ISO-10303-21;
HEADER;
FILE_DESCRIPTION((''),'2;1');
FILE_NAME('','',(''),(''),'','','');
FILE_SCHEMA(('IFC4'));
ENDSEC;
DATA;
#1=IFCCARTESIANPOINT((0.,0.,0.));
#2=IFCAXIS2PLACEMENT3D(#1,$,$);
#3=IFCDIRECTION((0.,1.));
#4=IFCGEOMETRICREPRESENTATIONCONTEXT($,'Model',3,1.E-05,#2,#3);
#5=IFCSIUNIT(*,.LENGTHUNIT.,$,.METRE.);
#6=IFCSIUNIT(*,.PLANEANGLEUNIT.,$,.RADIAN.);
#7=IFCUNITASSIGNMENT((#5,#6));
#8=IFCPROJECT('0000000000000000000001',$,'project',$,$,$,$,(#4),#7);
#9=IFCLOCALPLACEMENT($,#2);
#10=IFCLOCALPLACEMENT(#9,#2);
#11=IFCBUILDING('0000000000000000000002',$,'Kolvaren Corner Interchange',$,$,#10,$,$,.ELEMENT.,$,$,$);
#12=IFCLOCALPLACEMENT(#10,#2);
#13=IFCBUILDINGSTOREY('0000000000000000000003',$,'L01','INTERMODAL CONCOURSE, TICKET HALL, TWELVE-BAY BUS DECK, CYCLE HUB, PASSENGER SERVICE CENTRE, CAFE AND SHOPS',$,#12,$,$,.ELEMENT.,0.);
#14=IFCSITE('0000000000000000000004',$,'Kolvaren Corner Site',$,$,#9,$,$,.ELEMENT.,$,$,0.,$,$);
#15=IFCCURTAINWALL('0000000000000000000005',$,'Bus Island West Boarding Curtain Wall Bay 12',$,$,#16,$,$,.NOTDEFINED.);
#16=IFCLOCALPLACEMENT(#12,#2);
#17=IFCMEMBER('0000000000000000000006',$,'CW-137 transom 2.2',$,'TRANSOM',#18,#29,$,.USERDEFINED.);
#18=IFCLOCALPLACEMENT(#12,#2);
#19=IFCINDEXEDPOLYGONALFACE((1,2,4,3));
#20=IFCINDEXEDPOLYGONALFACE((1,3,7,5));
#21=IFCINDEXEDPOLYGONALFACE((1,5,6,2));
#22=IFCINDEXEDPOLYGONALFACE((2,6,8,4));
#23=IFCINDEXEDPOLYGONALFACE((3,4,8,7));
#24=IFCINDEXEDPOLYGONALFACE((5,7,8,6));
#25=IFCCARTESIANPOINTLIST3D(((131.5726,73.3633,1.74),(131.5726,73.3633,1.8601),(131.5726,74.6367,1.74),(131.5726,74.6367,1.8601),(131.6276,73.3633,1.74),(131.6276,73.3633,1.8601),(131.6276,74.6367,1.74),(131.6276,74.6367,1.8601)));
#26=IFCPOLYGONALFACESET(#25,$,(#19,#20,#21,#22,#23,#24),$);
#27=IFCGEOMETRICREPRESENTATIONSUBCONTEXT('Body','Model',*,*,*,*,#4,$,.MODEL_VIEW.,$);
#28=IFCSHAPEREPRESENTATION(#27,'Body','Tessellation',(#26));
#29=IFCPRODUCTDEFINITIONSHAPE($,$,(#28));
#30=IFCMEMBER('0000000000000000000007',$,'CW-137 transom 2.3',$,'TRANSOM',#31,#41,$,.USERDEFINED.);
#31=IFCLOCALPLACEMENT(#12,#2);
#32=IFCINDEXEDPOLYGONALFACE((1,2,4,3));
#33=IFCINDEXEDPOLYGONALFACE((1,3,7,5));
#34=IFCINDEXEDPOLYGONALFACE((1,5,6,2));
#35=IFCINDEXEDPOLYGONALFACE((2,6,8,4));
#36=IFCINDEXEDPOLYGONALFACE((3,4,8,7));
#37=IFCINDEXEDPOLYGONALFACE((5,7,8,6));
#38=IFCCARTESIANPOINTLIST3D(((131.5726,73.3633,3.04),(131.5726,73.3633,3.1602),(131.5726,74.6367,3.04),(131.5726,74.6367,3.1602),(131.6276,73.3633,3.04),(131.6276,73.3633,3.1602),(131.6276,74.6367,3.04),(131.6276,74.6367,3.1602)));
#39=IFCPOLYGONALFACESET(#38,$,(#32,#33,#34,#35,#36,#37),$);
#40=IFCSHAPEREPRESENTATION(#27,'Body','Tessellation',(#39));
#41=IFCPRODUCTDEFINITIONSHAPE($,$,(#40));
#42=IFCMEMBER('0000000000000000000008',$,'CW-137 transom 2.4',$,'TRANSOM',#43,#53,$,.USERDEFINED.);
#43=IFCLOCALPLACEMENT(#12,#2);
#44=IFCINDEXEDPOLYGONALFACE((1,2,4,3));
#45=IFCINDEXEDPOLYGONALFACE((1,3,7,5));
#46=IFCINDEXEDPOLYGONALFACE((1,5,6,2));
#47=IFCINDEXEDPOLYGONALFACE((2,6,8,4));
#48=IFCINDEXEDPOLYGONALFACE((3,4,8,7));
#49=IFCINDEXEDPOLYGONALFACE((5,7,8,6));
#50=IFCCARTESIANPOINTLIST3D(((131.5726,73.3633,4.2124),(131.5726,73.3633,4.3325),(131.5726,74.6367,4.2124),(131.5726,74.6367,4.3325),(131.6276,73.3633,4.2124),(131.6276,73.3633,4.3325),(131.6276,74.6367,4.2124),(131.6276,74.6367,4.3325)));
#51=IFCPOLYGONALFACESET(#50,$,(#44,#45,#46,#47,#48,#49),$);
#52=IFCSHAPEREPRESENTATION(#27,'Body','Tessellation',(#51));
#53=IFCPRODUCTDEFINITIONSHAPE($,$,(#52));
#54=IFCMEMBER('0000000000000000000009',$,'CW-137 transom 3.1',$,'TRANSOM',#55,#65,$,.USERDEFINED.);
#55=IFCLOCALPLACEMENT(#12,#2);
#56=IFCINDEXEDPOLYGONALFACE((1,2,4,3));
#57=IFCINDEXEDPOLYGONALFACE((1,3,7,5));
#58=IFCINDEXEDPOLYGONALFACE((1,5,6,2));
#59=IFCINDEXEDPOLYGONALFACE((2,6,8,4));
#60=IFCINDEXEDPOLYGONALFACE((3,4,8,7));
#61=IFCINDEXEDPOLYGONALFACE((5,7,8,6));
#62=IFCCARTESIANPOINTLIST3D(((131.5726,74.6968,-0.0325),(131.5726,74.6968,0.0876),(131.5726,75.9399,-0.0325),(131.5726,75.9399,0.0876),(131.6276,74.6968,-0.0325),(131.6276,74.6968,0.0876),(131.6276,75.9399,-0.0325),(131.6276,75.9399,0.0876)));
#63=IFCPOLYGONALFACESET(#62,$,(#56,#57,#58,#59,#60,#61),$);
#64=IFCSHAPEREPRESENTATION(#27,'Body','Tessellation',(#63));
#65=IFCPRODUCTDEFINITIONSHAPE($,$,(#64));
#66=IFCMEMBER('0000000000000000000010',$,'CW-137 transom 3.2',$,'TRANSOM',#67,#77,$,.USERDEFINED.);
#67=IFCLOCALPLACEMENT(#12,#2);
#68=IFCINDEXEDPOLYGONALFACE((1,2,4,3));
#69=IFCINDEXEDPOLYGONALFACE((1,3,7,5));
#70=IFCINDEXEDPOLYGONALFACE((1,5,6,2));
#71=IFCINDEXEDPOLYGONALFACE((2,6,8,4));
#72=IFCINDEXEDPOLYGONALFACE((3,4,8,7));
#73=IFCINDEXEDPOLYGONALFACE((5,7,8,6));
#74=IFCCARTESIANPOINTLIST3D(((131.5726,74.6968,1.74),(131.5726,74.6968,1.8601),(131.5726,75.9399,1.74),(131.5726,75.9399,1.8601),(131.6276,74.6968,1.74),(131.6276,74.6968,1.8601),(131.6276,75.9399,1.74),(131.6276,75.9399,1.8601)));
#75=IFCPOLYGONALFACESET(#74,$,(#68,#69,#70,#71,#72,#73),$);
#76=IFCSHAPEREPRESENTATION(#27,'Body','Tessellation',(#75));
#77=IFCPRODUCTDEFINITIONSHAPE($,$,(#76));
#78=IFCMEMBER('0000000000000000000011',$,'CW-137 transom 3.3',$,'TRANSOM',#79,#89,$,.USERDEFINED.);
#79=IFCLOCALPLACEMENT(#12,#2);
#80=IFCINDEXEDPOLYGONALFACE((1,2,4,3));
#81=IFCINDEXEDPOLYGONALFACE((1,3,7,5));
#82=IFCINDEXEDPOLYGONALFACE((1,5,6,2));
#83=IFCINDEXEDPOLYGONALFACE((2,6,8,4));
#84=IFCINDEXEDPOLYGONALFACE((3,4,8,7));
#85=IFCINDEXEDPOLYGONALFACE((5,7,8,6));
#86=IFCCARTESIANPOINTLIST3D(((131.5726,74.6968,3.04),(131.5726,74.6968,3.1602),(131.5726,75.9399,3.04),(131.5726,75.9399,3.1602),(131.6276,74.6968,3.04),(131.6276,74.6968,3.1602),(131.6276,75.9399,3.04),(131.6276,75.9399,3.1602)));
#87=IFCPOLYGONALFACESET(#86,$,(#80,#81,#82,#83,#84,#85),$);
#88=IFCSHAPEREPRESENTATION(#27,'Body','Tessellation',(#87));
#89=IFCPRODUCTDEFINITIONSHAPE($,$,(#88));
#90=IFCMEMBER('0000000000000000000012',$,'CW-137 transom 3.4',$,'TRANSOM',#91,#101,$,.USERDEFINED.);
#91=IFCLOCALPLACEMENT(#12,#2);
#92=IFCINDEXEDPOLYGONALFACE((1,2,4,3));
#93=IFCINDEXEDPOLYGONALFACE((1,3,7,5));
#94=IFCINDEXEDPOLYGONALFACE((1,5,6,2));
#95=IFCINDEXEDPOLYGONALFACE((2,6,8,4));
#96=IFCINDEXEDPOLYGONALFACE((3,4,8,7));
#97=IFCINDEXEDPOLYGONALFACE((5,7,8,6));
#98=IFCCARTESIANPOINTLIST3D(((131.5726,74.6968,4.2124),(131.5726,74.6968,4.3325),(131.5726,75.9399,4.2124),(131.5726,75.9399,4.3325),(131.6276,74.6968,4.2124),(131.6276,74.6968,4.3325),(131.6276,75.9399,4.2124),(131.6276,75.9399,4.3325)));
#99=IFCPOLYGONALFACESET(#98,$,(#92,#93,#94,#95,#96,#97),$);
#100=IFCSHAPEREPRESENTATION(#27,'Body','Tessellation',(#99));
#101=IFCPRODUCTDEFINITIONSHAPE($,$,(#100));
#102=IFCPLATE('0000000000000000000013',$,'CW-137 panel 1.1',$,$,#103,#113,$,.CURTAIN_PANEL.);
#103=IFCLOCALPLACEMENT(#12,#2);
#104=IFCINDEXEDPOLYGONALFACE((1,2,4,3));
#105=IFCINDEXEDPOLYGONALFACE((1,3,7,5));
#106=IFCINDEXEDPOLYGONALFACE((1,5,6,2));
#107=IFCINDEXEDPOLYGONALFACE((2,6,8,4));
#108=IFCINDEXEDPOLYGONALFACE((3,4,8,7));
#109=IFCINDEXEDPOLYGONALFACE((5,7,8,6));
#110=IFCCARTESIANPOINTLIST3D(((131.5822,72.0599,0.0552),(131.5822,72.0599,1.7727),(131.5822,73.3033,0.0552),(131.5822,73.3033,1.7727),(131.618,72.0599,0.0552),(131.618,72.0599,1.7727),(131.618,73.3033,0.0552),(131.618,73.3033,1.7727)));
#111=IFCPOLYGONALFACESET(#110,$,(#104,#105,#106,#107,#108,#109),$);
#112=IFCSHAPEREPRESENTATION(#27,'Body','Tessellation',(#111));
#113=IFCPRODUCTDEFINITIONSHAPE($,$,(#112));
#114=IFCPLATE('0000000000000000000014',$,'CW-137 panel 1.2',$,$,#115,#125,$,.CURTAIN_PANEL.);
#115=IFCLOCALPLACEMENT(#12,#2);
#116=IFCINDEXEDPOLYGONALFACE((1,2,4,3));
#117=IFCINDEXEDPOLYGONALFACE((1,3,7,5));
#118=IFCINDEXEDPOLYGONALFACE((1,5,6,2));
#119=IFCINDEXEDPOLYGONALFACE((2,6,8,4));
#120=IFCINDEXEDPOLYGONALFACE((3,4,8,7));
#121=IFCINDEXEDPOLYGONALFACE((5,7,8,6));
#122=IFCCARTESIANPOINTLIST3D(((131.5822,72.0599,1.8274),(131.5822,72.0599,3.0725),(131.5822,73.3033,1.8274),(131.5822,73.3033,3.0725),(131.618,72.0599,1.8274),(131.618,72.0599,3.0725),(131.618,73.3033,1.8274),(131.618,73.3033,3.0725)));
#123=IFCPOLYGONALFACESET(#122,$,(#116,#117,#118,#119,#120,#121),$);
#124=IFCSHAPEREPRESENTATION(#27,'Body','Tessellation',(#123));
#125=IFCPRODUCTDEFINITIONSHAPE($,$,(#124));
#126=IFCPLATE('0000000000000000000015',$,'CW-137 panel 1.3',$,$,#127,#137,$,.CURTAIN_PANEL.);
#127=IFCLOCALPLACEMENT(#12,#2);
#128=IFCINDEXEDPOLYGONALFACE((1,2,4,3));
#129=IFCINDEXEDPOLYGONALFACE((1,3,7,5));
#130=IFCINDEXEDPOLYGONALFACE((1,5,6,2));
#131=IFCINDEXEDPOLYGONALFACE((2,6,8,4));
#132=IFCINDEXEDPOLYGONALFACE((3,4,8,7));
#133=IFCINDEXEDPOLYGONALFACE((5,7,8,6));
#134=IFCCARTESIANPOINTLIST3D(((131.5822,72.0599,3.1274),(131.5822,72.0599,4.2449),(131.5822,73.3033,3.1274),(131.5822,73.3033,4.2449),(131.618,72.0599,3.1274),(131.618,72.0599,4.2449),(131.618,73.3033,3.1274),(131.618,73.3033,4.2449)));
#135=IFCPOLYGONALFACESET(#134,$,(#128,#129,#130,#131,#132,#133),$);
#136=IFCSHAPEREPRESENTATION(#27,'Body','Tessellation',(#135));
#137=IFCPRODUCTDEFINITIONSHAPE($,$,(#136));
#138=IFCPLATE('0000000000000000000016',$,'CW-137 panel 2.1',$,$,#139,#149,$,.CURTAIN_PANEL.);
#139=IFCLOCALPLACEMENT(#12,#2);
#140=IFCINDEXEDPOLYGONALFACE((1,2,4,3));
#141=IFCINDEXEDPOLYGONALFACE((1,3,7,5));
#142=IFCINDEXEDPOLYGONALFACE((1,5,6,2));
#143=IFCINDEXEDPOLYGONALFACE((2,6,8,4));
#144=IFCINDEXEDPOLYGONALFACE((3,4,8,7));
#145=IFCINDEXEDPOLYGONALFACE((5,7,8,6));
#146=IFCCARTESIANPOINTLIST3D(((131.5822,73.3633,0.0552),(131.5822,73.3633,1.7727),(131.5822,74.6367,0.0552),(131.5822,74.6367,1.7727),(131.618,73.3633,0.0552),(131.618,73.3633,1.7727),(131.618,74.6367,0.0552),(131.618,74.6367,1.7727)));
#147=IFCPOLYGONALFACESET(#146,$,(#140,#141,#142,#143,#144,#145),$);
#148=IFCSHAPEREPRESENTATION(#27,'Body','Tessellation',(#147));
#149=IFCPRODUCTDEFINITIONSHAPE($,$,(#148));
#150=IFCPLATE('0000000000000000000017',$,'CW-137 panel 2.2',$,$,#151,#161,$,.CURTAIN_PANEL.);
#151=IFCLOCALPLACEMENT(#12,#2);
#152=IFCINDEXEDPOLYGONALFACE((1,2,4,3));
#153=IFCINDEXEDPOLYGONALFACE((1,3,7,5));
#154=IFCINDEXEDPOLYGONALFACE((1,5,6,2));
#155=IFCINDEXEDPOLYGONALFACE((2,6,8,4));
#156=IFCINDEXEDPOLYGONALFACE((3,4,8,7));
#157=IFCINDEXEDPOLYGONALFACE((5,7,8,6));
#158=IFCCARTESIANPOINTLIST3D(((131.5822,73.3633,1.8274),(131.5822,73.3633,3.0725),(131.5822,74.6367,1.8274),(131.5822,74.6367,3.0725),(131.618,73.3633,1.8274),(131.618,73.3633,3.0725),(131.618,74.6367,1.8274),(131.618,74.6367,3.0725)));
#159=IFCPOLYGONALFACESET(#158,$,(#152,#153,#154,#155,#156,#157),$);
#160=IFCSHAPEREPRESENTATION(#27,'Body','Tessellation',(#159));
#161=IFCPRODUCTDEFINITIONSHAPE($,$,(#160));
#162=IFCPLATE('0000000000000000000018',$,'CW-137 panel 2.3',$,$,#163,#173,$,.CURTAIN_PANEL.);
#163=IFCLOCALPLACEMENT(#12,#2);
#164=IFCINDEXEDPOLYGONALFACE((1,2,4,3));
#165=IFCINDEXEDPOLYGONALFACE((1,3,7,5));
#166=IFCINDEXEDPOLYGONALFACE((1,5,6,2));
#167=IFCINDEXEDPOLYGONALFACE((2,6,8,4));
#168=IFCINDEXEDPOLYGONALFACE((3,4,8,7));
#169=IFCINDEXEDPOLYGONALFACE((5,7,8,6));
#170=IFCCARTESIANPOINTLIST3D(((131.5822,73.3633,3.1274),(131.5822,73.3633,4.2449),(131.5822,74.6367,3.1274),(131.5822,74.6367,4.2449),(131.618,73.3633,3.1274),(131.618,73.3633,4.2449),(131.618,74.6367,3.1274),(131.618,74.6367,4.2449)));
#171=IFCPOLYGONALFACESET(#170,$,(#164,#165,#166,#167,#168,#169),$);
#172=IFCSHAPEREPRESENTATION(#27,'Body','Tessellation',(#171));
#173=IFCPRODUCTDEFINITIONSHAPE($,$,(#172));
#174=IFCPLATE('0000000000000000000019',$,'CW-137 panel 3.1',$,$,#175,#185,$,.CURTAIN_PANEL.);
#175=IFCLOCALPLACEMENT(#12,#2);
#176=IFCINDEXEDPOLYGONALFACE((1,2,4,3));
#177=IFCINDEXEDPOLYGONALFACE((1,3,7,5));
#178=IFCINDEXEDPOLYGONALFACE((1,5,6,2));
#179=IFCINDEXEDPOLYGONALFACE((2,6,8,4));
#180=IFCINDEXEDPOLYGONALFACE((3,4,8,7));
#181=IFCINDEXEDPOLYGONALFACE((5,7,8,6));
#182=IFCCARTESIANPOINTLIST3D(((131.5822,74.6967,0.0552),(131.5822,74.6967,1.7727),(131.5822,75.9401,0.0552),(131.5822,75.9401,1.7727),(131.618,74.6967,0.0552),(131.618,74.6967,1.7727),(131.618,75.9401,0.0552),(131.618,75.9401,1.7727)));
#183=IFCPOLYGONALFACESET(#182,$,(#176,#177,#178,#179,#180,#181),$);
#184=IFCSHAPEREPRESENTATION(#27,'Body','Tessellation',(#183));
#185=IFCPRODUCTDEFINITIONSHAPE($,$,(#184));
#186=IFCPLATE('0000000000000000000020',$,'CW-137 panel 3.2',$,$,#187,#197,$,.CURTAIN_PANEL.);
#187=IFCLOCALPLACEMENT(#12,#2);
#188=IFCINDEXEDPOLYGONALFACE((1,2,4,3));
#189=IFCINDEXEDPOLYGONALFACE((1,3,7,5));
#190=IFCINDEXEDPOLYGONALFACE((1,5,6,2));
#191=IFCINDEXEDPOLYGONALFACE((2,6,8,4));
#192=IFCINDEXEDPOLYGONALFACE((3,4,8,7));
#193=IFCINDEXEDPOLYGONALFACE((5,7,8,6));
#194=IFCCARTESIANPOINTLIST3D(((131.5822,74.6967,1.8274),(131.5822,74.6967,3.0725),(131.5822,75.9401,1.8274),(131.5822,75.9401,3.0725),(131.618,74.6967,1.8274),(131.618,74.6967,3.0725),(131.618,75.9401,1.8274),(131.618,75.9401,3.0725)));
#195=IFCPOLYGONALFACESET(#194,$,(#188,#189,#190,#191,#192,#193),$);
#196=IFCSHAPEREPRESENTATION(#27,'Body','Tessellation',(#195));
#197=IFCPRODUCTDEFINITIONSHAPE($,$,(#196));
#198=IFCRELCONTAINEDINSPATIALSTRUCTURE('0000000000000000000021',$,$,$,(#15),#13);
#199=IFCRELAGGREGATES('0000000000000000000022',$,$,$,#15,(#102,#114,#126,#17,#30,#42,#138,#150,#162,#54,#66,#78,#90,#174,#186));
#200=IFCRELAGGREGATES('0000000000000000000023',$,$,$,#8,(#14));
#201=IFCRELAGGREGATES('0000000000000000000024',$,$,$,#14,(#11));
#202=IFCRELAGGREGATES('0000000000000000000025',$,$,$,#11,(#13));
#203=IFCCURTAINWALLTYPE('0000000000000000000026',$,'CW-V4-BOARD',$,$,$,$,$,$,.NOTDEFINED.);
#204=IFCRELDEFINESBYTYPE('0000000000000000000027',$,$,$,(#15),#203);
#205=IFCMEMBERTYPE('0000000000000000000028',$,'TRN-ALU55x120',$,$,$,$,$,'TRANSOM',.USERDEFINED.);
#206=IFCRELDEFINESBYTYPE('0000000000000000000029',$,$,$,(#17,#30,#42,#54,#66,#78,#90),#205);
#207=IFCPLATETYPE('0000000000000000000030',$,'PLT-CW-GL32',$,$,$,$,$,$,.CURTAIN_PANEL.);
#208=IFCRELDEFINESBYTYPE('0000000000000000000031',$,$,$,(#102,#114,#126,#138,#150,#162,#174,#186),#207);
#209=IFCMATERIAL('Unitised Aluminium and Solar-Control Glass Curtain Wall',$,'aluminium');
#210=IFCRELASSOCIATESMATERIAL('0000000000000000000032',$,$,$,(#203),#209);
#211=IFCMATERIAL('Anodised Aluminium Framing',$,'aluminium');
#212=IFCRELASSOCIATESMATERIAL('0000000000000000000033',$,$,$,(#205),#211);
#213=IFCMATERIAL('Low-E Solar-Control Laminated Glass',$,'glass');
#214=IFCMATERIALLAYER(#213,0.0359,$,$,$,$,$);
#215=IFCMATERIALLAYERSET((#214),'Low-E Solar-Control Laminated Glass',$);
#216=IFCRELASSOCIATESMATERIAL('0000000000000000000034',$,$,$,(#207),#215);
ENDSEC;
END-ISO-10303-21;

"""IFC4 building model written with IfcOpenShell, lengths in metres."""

from ifc_helpers import new_model, si_unit, direction, frame, origin, origin_2d, place, context, subcontext, project, spatial, rectangle, extrude, material, layer, layer_set, material_profile, profile_set, type_object, element, aggregate, save


model = new_model("IFC4")

# Units and contexts
model_context = context("Model", 3, precision=1e-05, world=origin(), true_north=direction((0.0, 1.0)))
body_context = subcontext(model_context, "Body", "Model", "MODEL_VIEW")
ifc_project = project(units=[si_unit("LENGTHUNIT", "METRE"), si_unit("PLANEANGLEUNIT", "RADIAN")], contexts=[model_context])

# Site, building, storey
site_placement = place(None, origin())
site = spatial("IfcSite", under=ifc_project, at=site_placement, Name="Kolvaren Corner Site", CompositionType="ELEMENT", RefElevation=0.0)
building_placement = place(site_placement, origin())
building = spatial("IfcBuilding", under=site, at=building_placement, Name="Kolvaren Corner Interchange", CompositionType="ELEMENT")
storey_placement = place(building_placement, origin())
storey = spatial("IfcBuildingStorey", under=building, at=storey_placement, Name="L01", Description="INTERMODAL CONCOURSE, TICKET HALL, TWELVE-BAY BUS DECK, CYCLE HUB, PASSENGER SERVICE CENTRE, CAFE AND SHOPS", CompositionType="ELEMENT", Elevation=0.0)

# Curtain wall, members, plates
ifc_material_1 = material(Name="Unitised Aluminium and Solar-Control Glass Curtain Wall", Category="aluminium")
curtain_wall_type = type_object("IfcCurtainWallType", Name="CW-V4-BOARD", PredefinedType="NOTDEFINED", material=ifc_material_1)
curtain_wall_placement = place(storey_placement, origin())
curtain_wall = element("IfcCurtainWall", 1, at=curtain_wall_placement, inside=storey, type_object=curtain_wall_type, Name="Bus Island West Boarding Curtain Wall Bay 12", PredefinedType="NOTDEFINED")
ifc_material_2 = material(Name="Anodised Aluminium Framing", Category="aluminium")
ifc_material_profile_1 = material_profile(ifc_material_2, rectangle(XDim=0.0549, YDim=0.1201, at=origin_2d()), Name="ALU 55x120")
ifc_profile_set_1 = profile_set([ifc_material_profile_1], Name="Anodised Aluminium Framing")
member_type_1 = type_object("IfcMemberType", Name="TRN-ALU55x120", ElementType="TRANSOM", PredefinedType="USERDEFINED", material=ifc_profile_set_1)
member_1_placement = place(storey_placement, frame((131.6001, 73.3633, 1.8), z_axis=(0.0, 1.0, 0.0), x_axis=(-1.0, 0.0, 0.0)))
member_1 = element("IfcMember", 2, at=member_1_placement, type_object=member_type_1, Name="CW-137 transom 2.2", ObjectType="TRANSOM", PredefinedType="USERDEFINED", context=body_context, shape_type="SweptSolid", body=[
    extrude(rectangle(XDim=0.0549, YDim=0.1201, at=origin_2d()), origin(), (0.0, 0.0, 1.0), 1.2734),
])
member_2_placement = place(storey_placement, frame((131.6001, 73.3633, 3.1001), z_axis=(0.0, 1.0, 0.0), x_axis=(-1.0, 0.0, 0.0)))
member_2 = element("IfcMember", 3, at=member_2_placement, type_object=member_type_1, Name="CW-137 transom 2.3", ObjectType="TRANSOM", PredefinedType="USERDEFINED", context=body_context, shape_type="SweptSolid", body=[
    extrude(rectangle(XDim=0.0549, YDim=0.1201, at=origin_2d()), origin(), (0.0, 0.0, 1.0), 1.2734),
])
member_3_placement = place(storey_placement, frame((131.6001, 73.3633, 4.2725), z_axis=(0.0, 1.0, 0.0), x_axis=(-1.0, 0.0, 0.0)))
member_3 = element("IfcMember", 4, at=member_3_placement, type_object=member_type_1, Name="CW-137 transom 2.4", ObjectType="TRANSOM", PredefinedType="USERDEFINED", context=body_context, shape_type="SweptSolid", body=[
    extrude(rectangle(XDim=0.0549, YDim=0.1201, at=origin_2d()), origin(), (0.0, 0.0, 1.0), 1.2734),
])
member_4_placement = place(storey_placement, frame((131.6001, 74.6968, 0.0276), z_axis=(0.0, 1.0, 0.0), x_axis=(-1.0, 0.0, 0.0)))
member_4 = element("IfcMember", 5, at=member_4_placement, type_object=member_type_1, Name="CW-137 transom 3.1", ObjectType="TRANSOM", PredefinedType="USERDEFINED", context=body_context, shape_type="SweptSolid", body=[
    extrude(rectangle(XDim=0.0549, YDim=0.1201, at=origin_2d()), origin(), (0.0, 0.0, 1.0), 1.2432),
])
member_5_placement = place(storey_placement, frame((131.6001, 74.6968, 1.8), z_axis=(0.0, 1.0, 0.0), x_axis=(-1.0, 0.0, 0.0)))
member_5 = element("IfcMember", 6, at=member_5_placement, type_object=member_type_1, Name="CW-137 transom 3.2", ObjectType="TRANSOM", PredefinedType="USERDEFINED", context=body_context, shape_type="SweptSolid", body=[
    extrude(rectangle(XDim=0.0549, YDim=0.1201, at=origin_2d()), origin(), (0.0, 0.0, 1.0), 1.2432),
])
member_6_placement = place(storey_placement, frame((131.6001, 74.6968, 3.1001), z_axis=(0.0, 1.0, 0.0), x_axis=(-1.0, 0.0, 0.0)))
member_6 = element("IfcMember", 7, at=member_6_placement, type_object=member_type_1, Name="CW-137 transom 3.3", ObjectType="TRANSOM", PredefinedType="USERDEFINED", context=body_context, shape_type="SweptSolid", body=[
    extrude(rectangle(XDim=0.0549, YDim=0.1201, at=origin_2d()), origin(), (0.0, 0.0, 1.0), 1.2432),
])
member_7_placement = place(storey_placement, frame((131.6001, 74.6968, 4.2725), z_axis=(0.0, 1.0, 0.0), x_axis=(-1.0, 0.0, 0.0)))
member_7 = element("IfcMember", 8, at=member_7_placement, type_object=member_type_1, Name="CW-137 transom 3.4", ObjectType="TRANSOM", PredefinedType="USERDEFINED", context=body_context, shape_type="SweptSolid", body=[
    extrude(rectangle(XDim=0.0549, YDim=0.1201, at=origin_2d()), origin(), (0.0, 0.0, 1.0), 1.2432),
])
ifc_material_3 = material(Name="Low-E Solar-Control Laminated Glass", Category="glass")
ifc_layer = layer(ifc_material_3, 0.0359)
ifc_layer_set = layer_set([ifc_layer], Name="Low-E Solar-Control Laminated Glass")
plate_type = type_object("IfcPlateType", Name="PLT-CW-GL32", PredefinedType="CURTAIN_PANEL", material=ifc_layer_set)
plate_1_placement = place(storey_placement, frame((131.6001, 72.6816, 0.0552), z_axis=(0.0, 0.0, 1.0), x_axis=(0.0, 1.0, 0.0)))
plate_1 = element("IfcPlate", 9, at=plate_1_placement, type_object=plate_type, Name="CW-137 panel 1.1", PredefinedType="CURTAIN_PANEL", context=body_context, shape_type="SweptSolid", body=[
    extrude(rectangle(XDim=1.2434, YDim=0.0359, at=origin_2d()), origin(), (0.0, 0.0, 1.0), 1.7175),
])
plate_2_placement = place(storey_placement, frame((131.6001, 72.6816, 1.8274), z_axis=(0.0, 0.0, 1.0), x_axis=(0.0, 1.0, 0.0)))
plate_2 = element("IfcPlate", 10, at=plate_2_placement, type_object=plate_type, Name="CW-137 panel 1.2", PredefinedType="CURTAIN_PANEL", context=body_context, shape_type="SweptSolid", body=[
    extrude(rectangle(XDim=1.2434, YDim=0.0359, at=origin_2d()), origin(), (0.0, 0.0, 1.0), 1.2451),
])
plate_3_placement = place(storey_placement, frame((131.6001, 72.6816, 3.1274), z_axis=(0.0, 0.0, 1.0), x_axis=(0.0, 1.0, 0.0)))
plate_3 = element("IfcPlate", 11, at=plate_3_placement, type_object=plate_type, Name="CW-137 panel 1.3", PredefinedType="CURTAIN_PANEL", context=body_context, shape_type="SweptSolid", body=[
    extrude(rectangle(XDim=1.2434, YDim=0.0359, at=origin_2d()), origin(), (0.0, 0.0, 1.0), 1.1174),
])
plate_4_placement = place(storey_placement, frame((131.6001, 74.0, 0.0552), z_axis=(0.0, 0.0, 1.0), x_axis=(0.0, 1.0, 0.0)))
plate_4 = element("IfcPlate", 12, at=plate_4_placement, type_object=plate_type, Name="CW-137 panel 2.1", PredefinedType="CURTAIN_PANEL", context=body_context, shape_type="SweptSolid", body=[
    extrude(rectangle(XDim=1.2734, YDim=0.0359, at=origin_2d()), origin(), (0.0, 0.0, 1.0), 1.7175),
])
plate_5_placement = place(storey_placement, frame((131.6001, 74.0, 1.8274), z_axis=(0.0, 0.0, 1.0), x_axis=(0.0, 1.0, 0.0)))
plate_5 = element("IfcPlate", 13, at=plate_5_placement, type_object=plate_type, Name="CW-137 panel 2.2", PredefinedType="CURTAIN_PANEL", context=body_context, shape_type="SweptSolid", body=[
    extrude(rectangle(XDim=1.2734, YDim=0.0359, at=origin_2d()), origin(), (0.0, 0.0, 1.0), 1.2451),
])
plate_6_placement = place(storey_placement, frame((131.6001, 74.0, 3.1274), z_axis=(0.0, 0.0, 1.0), x_axis=(0.0, 1.0, 0.0)))
plate_6 = element("IfcPlate", 14, at=plate_6_placement, type_object=plate_type, Name="CW-137 panel 2.3", PredefinedType="CURTAIN_PANEL", context=body_context, shape_type="SweptSolid", body=[
    extrude(rectangle(XDim=1.2734, YDim=0.0359, at=origin_2d()), origin(), (0.0, 0.0, 1.0), 1.1174),
])
plate_7_placement = place(storey_placement, frame((131.6001, 75.3184, 0.0552), z_axis=(0.0, 0.0, 1.0), x_axis=(0.0, 1.0, 0.0)))
plate_7 = element("IfcPlate", 15, at=plate_7_placement, type_object=plate_type, Name="CW-137 panel 3.1", PredefinedType="CURTAIN_PANEL", context=body_context, shape_type="SweptSolid", body=[
    extrude(rectangle(XDim=1.2434, YDim=0.0359, at=origin_2d()), origin(), (0.0, 0.0, 1.0), 1.7175),
])
plate_8_placement = place(storey_placement, frame((131.6001, 75.3184, 1.8274), z_axis=(0.0, 0.0, 1.0), x_axis=(0.0, 1.0, 0.0)))
plate_8 = element("IfcPlate", 16, at=plate_8_placement, type_object=plate_type, Name="CW-137 panel 3.2", PredefinedType="CURTAIN_PANEL", context=body_context, shape_type="SweptSolid", body=[
    extrude(rectangle(XDim=1.2434, YDim=0.0359, at=origin_2d()), origin(), (0.0, 0.0, 1.0), 1.2451),
])
aggregate(curtain_wall, [plate_1, plate_2, plate_3, member_1, member_2, member_3, plate_4, plate_5, plate_6, member_4, member_5, member_6, member_7, plate_7, plate_8])

save(model, "model.ifc")
